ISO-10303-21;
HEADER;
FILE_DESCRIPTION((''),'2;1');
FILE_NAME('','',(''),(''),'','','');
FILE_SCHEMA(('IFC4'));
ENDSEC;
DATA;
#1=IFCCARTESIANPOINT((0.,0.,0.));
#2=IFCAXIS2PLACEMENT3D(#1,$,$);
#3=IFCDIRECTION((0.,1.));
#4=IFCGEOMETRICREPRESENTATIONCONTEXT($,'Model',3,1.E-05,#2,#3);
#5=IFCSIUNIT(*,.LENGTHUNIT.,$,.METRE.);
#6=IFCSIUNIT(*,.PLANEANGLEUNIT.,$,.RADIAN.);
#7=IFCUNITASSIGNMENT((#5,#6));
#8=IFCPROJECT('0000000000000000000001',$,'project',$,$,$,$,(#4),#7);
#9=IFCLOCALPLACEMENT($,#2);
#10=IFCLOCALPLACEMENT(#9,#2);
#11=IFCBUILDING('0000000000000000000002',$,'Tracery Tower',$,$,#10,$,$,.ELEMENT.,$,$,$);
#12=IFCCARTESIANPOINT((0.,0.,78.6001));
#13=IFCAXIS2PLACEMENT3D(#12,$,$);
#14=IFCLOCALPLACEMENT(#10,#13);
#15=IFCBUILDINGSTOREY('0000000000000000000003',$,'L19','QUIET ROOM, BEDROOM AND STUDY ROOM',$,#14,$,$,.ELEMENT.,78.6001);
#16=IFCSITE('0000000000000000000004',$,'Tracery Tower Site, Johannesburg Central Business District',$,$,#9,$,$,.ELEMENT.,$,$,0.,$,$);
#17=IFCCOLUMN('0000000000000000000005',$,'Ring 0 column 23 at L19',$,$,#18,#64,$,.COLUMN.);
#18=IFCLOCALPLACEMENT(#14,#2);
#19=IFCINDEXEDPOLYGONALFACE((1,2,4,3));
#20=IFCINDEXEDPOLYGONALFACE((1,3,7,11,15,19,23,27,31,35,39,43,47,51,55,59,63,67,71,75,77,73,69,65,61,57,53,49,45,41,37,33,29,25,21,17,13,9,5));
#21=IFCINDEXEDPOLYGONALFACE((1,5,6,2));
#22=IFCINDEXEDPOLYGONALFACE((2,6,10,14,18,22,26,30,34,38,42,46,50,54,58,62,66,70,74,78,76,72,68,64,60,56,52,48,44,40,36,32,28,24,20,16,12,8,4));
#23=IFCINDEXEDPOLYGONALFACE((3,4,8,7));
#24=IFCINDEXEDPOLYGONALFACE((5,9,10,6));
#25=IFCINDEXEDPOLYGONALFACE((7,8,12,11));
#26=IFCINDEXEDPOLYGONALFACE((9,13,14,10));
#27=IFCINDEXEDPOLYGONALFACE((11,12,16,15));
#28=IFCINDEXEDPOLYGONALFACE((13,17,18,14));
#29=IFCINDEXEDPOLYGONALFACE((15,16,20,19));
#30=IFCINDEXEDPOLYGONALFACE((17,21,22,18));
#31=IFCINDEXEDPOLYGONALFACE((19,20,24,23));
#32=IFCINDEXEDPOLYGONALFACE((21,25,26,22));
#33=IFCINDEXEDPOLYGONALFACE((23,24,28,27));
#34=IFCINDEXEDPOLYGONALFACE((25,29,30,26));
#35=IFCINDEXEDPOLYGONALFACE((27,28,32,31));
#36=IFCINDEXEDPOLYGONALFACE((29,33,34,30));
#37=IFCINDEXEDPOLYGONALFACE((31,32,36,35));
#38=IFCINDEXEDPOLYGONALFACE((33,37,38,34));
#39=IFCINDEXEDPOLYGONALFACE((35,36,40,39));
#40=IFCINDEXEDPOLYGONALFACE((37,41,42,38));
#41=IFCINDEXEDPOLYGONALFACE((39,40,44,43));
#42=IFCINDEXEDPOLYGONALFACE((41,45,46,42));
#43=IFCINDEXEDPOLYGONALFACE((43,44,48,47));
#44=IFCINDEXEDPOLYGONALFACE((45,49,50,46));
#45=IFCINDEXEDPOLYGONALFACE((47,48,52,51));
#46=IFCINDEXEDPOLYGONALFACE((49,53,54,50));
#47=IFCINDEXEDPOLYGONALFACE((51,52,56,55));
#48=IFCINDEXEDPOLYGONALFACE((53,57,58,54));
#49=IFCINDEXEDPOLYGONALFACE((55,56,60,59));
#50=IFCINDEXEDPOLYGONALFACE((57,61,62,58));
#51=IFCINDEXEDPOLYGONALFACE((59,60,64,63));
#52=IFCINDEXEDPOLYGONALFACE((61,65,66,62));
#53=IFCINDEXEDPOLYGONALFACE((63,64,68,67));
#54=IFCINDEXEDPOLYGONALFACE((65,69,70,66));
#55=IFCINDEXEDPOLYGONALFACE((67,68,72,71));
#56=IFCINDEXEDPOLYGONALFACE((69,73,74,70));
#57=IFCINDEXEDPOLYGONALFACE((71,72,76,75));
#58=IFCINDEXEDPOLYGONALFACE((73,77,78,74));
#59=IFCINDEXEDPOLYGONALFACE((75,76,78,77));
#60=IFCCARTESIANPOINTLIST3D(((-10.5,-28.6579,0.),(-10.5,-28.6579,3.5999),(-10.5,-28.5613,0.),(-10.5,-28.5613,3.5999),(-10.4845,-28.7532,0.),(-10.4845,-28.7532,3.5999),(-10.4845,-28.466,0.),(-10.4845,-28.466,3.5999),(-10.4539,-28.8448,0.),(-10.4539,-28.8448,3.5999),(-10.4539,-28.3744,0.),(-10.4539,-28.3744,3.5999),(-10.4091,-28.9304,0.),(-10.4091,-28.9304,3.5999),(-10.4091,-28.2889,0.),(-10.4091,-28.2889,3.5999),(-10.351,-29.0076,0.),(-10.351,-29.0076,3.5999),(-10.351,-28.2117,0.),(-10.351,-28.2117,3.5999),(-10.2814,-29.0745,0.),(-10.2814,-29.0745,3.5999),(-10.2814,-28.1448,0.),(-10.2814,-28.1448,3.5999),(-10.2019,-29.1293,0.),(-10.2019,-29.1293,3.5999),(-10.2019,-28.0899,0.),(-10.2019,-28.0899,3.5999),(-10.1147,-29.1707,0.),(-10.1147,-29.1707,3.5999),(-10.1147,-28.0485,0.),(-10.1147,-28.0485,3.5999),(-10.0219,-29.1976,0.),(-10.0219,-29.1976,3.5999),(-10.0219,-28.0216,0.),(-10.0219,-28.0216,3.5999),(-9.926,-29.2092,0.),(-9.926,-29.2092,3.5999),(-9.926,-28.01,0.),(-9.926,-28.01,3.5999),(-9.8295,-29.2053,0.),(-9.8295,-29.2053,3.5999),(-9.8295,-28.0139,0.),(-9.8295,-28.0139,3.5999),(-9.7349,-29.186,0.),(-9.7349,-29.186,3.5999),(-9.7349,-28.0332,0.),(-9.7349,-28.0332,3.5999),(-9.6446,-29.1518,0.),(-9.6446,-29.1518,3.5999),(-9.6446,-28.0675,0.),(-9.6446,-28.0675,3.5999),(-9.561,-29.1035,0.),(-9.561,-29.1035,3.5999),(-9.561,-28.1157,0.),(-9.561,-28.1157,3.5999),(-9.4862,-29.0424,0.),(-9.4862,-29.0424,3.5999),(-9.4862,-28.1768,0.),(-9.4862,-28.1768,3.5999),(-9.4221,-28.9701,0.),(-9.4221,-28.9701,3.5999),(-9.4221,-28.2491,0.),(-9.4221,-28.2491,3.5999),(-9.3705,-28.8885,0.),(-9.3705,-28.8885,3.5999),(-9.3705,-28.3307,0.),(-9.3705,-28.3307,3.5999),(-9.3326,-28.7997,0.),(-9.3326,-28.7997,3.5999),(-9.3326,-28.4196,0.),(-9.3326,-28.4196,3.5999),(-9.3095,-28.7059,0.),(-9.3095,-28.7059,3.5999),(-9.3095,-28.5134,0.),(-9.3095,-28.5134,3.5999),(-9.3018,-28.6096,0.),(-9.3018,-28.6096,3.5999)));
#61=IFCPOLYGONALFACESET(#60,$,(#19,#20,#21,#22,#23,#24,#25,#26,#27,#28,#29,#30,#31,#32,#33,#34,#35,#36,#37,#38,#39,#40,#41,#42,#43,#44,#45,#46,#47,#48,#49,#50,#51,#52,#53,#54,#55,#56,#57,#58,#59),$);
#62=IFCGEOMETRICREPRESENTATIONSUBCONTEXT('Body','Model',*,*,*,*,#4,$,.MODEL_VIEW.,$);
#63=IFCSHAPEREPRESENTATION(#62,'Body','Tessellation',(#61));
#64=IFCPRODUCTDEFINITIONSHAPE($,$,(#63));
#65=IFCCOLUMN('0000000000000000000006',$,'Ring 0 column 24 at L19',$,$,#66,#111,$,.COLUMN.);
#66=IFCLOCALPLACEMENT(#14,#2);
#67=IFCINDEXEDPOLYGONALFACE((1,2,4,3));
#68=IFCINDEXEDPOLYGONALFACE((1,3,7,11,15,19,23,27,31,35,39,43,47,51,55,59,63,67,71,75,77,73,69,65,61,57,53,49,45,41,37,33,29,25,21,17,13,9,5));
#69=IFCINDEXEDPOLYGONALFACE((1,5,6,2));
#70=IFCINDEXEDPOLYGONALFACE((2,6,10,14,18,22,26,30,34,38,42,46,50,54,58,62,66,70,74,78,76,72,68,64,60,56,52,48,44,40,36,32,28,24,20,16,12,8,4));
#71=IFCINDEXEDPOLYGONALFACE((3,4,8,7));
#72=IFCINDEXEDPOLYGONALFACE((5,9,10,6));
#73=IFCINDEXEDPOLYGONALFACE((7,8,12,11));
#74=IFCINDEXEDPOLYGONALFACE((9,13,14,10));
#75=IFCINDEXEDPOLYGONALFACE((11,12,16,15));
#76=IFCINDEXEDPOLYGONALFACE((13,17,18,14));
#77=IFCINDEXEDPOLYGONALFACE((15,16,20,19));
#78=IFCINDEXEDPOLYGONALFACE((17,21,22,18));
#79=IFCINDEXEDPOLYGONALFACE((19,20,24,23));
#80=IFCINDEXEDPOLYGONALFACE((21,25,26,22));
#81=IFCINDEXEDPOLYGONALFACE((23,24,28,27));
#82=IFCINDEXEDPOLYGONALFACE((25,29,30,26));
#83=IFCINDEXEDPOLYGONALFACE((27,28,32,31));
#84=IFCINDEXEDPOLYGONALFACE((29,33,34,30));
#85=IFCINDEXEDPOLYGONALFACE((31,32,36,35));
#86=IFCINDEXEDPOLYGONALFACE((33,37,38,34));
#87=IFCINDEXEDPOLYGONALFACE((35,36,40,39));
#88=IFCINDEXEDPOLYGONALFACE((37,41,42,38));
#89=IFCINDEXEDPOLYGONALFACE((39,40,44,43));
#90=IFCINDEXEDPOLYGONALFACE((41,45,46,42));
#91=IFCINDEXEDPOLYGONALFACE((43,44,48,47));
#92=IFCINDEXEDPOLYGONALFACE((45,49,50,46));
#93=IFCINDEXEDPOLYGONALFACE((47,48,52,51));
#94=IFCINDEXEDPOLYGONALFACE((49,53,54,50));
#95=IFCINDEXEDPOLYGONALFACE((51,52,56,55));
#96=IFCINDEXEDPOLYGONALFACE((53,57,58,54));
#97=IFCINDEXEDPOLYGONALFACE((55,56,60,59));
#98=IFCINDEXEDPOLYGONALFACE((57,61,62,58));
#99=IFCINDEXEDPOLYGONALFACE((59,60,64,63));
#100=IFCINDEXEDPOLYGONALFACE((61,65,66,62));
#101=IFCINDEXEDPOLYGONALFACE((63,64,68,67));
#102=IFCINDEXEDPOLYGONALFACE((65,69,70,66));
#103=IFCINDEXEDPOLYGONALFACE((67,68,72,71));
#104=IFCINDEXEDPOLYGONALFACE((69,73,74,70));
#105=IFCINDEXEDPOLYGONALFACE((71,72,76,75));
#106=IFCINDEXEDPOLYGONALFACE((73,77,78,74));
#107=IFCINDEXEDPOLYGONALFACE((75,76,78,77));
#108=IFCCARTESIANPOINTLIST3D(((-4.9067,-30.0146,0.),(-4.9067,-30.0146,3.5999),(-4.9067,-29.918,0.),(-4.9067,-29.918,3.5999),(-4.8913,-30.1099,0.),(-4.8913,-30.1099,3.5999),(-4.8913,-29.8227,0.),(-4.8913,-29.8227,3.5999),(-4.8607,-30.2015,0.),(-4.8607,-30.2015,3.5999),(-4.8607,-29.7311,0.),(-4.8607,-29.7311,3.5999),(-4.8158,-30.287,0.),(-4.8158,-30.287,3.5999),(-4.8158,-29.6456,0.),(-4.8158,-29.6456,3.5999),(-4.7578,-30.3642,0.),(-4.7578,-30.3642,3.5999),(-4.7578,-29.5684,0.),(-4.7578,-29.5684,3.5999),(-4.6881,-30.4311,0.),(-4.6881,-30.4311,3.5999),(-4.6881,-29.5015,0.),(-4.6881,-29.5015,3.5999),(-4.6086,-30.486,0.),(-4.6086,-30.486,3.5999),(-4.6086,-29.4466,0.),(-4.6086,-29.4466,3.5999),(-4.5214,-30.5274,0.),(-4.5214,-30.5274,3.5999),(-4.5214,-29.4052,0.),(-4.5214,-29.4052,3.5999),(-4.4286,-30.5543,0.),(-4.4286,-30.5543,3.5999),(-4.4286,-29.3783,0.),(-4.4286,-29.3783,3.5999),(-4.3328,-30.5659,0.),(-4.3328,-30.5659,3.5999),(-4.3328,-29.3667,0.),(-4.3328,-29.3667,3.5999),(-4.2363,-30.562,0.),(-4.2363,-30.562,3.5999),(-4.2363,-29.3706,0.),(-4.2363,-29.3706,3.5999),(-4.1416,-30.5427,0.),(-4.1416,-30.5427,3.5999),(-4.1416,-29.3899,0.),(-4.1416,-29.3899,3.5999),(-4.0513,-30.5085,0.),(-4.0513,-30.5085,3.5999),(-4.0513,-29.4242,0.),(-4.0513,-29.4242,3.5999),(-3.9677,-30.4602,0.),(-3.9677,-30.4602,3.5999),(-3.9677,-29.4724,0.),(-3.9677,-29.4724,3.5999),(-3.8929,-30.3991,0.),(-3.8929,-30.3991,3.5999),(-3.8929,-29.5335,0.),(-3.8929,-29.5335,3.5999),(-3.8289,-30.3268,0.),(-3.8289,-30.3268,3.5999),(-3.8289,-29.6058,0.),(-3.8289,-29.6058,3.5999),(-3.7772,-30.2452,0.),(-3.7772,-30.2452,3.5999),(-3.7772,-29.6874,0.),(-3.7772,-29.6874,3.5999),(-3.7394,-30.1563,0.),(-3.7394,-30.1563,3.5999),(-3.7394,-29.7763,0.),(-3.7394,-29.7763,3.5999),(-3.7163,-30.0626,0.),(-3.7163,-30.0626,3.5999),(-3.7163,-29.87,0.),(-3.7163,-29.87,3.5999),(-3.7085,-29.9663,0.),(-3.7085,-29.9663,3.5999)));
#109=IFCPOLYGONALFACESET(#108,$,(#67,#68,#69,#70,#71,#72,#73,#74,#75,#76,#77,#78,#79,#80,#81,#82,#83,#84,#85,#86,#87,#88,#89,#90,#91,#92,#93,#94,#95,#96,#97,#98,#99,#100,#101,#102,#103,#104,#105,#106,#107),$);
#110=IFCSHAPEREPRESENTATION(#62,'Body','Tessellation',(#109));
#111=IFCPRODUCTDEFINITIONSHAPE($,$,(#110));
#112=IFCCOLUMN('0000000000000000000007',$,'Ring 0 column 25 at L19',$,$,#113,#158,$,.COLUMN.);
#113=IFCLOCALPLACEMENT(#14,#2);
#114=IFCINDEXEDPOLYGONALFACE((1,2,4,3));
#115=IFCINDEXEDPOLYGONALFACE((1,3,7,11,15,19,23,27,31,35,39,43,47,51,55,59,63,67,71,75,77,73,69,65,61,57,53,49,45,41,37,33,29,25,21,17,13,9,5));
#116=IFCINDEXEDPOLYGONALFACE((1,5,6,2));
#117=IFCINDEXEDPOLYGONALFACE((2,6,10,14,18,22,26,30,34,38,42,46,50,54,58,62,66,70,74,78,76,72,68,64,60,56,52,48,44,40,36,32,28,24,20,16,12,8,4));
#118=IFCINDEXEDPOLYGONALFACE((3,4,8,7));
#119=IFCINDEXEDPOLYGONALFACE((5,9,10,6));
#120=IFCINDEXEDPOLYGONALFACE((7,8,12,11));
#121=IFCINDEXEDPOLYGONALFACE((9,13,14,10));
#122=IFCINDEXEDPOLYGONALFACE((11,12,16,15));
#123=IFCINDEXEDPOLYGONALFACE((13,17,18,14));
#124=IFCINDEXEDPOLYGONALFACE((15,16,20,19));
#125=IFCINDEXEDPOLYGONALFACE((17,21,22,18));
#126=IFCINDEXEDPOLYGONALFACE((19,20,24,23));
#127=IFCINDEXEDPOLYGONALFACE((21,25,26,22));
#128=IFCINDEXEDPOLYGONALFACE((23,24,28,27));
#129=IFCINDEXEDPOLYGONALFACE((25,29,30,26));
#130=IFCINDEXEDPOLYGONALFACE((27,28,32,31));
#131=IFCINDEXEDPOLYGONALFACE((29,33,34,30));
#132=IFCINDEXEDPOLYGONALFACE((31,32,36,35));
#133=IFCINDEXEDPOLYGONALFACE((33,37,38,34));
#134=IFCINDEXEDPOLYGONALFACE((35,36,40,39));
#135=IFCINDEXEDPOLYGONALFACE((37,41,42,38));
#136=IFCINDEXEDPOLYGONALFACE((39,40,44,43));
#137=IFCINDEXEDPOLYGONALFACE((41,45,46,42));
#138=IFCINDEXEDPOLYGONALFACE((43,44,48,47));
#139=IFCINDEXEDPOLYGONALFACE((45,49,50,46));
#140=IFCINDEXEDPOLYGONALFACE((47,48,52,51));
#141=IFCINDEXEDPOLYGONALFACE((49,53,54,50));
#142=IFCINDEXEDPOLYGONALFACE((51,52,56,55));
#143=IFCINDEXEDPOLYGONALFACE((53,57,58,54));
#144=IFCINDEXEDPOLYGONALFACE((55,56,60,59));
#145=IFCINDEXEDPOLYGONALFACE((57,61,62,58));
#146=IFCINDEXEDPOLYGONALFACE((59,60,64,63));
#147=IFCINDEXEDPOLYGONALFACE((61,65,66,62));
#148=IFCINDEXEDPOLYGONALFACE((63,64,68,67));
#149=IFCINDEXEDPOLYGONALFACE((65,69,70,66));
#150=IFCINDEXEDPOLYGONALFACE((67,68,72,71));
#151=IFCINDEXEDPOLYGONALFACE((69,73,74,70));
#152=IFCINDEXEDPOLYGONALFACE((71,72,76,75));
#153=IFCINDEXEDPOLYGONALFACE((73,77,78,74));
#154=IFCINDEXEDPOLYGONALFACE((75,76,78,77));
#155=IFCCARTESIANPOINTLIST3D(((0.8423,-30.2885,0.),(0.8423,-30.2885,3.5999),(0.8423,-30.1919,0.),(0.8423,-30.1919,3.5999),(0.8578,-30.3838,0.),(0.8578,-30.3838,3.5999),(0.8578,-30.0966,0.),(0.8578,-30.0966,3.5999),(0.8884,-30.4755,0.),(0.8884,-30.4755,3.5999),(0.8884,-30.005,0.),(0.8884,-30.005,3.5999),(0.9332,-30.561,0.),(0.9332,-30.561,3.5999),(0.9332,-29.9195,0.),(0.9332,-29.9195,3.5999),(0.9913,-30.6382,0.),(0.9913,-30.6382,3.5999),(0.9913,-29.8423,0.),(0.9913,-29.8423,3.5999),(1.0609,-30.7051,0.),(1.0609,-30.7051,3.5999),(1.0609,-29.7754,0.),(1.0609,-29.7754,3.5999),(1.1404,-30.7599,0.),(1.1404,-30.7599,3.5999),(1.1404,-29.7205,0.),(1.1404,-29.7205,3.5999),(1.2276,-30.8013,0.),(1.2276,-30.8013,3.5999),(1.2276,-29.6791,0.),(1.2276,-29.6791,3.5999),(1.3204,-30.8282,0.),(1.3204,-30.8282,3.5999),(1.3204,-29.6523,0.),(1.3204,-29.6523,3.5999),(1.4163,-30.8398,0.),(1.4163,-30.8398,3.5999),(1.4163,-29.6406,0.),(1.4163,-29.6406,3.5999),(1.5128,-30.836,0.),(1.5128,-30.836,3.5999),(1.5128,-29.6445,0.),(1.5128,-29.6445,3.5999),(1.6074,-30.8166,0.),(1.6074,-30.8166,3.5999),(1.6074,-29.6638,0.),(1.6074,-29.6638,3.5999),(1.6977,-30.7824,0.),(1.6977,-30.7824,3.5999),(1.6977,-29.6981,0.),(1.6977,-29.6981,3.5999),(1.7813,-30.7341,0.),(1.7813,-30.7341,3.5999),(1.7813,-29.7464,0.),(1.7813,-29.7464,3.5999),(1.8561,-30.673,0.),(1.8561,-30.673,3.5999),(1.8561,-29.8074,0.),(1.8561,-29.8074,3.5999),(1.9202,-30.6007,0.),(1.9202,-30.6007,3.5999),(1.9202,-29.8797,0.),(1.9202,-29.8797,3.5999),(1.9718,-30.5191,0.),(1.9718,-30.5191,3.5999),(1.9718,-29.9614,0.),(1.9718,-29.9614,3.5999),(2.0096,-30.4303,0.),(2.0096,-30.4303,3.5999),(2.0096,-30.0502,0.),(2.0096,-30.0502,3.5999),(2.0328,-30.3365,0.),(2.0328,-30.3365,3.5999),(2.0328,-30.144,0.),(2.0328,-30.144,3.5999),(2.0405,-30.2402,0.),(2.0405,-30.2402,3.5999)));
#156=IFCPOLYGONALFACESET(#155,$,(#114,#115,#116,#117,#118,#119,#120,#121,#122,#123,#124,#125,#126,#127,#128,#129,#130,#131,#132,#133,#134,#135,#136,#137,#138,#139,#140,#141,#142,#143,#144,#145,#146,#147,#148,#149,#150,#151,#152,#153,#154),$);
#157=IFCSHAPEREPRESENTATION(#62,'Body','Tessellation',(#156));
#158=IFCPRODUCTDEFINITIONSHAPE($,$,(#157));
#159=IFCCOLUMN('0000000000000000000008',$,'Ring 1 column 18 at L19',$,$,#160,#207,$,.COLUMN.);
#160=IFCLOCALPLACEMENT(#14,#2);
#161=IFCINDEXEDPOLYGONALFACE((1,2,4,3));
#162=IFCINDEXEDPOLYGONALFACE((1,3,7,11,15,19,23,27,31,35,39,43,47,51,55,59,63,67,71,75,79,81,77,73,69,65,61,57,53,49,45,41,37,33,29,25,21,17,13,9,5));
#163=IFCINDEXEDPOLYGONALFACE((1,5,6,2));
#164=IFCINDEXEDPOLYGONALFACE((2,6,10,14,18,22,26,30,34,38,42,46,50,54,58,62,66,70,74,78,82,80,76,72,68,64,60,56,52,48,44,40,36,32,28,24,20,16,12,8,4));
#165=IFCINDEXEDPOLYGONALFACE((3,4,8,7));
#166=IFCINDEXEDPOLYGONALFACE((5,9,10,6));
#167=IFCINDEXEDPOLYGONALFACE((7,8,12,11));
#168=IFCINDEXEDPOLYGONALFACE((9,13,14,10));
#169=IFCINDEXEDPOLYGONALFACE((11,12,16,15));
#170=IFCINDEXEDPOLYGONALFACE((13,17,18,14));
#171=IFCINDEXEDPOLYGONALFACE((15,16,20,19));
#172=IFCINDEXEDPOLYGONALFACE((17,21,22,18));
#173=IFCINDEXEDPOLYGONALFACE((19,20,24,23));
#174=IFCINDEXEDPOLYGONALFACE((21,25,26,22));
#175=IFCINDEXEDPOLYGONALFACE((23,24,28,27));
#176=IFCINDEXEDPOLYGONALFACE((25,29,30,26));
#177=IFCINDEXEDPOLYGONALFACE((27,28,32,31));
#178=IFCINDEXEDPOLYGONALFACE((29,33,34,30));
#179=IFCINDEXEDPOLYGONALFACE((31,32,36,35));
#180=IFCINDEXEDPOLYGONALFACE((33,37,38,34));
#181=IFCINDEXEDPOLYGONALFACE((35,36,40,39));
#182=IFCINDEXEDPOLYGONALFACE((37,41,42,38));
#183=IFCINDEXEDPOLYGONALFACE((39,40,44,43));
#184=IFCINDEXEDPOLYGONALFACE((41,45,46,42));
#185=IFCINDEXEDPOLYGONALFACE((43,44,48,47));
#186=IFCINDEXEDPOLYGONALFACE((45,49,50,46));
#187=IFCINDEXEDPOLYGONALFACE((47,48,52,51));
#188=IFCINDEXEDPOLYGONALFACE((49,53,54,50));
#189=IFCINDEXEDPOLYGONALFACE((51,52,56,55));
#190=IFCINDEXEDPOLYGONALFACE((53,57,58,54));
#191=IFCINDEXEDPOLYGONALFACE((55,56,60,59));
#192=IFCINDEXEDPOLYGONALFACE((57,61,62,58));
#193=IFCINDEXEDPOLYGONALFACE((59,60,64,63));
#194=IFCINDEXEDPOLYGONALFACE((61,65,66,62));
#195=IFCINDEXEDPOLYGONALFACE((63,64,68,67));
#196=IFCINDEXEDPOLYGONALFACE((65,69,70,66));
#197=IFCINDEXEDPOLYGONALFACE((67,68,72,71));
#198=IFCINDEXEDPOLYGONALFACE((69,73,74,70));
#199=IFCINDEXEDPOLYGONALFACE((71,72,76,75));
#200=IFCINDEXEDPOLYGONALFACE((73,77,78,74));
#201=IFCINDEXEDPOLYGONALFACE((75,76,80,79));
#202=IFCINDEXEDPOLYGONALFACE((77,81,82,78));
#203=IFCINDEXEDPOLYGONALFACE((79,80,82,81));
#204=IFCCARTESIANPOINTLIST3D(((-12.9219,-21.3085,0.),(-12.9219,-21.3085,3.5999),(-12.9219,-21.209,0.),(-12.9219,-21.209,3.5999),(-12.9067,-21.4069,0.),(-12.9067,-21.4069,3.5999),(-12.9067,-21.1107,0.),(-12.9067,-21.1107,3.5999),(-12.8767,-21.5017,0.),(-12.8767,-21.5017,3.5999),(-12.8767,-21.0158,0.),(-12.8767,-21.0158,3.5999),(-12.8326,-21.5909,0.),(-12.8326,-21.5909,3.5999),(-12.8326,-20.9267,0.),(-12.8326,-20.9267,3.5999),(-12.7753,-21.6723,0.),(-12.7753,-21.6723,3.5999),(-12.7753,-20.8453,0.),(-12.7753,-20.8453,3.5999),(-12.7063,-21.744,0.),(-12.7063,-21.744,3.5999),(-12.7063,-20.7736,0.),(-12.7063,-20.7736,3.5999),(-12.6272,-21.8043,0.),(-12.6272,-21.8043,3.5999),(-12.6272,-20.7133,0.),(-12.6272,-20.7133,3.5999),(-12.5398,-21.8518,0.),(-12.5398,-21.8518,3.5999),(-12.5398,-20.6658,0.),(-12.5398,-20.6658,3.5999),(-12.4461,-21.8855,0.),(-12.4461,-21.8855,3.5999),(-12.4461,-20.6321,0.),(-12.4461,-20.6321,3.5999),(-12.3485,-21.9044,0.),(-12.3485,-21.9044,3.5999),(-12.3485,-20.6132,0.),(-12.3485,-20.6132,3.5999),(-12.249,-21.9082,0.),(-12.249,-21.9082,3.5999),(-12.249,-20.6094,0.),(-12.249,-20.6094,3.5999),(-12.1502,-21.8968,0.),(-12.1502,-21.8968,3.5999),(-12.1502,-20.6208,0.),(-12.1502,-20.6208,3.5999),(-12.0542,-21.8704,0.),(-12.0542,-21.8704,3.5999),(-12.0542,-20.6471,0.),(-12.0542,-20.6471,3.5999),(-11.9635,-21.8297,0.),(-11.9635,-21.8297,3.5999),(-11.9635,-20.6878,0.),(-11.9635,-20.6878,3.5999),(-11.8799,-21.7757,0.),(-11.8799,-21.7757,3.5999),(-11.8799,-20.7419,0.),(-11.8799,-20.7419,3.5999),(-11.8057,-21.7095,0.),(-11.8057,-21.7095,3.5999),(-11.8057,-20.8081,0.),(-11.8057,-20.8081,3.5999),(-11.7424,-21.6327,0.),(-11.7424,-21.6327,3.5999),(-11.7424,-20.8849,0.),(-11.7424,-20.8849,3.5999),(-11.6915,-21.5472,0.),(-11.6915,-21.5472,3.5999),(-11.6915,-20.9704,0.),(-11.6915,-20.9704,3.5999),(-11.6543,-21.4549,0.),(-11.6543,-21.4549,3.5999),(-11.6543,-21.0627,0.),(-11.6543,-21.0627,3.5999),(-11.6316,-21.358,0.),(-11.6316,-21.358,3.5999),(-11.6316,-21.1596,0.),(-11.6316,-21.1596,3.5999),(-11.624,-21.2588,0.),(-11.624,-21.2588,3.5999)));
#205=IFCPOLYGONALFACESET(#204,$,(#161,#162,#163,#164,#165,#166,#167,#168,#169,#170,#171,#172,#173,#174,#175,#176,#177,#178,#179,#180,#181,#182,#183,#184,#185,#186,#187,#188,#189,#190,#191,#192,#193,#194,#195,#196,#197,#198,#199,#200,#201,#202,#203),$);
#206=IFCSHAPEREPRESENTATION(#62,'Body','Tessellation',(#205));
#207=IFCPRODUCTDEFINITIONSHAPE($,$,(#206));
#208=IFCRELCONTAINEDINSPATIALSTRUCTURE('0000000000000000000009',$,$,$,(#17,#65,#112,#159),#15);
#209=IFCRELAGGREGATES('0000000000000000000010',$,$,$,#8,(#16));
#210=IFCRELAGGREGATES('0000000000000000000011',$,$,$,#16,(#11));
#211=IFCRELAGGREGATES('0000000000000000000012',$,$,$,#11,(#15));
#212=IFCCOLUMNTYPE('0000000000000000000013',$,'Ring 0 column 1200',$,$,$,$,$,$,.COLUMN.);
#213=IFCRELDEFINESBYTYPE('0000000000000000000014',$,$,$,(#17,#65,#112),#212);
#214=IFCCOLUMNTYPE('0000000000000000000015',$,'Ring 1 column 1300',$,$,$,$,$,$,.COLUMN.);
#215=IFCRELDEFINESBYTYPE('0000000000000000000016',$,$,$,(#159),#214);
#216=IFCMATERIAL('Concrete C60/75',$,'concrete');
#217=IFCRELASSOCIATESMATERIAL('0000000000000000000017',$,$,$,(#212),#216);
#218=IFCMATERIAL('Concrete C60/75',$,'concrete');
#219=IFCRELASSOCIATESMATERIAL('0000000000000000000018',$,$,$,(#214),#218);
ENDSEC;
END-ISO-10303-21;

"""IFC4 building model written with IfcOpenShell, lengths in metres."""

from ifc_helpers import new_model, si_unit, direction, frame, origin, origin_2d, place, context, subcontext, project, spatial, circle, extrude, material, material_profile, profile_set, type_object, element, save


model = new_model("IFC4")

# Units and contexts
model_context = context("Model", 3, precision=1e-05, world=origin(), true_north=direction((0.0, 1.0)))
body_context = subcontext(model_context, "Body", "Model", "MODEL_VIEW")
ifc_project = project(units=[si_unit("LENGTHUNIT", "METRE"), si_unit("PLANEANGLEUNIT", "RADIAN")], contexts=[model_context])

# Site, building, storey
site_placement = place(None, origin())
site = spatial("IfcSite", under=ifc_project, at=site_placement, Name="Tracery Tower Site, Johannesburg Central Business District", CompositionType="ELEMENT", RefElevation=0.0)
building_placement = place(site_placement, origin())
building = spatial("IfcBuilding", under=site, at=building_placement, Name="Tracery Tower", CompositionType="ELEMENT")
storey_placement = place(building_placement, frame((0.0, 0.0, 78.6001)))
storey = spatial("IfcBuildingStorey", under=building, at=storey_placement, Name="L19", Description="QUIET ROOM, BEDROOM AND STUDY ROOM", CompositionType="ELEMENT", Elevation=78.6001)

# Columns
ifc_material_1 = material(Name="Concrete C60/75", Category="concrete")
ifc_material_profile_1 = material_profile(ifc_material_1, circle(Radius=0.6001, at=origin_2d()), Name="RC D1200")
ifc_profile_set_1 = profile_set([ifc_material_profile_1], Name="Concrete C60/75")
column_type_1 = type_object("IfcColumnType", Name="Ring 0 column 1200", PredefinedType="COLUMN", material=ifc_profile_set_1)
for number, where, z_axis, x_axis, name in (
    (1, (-9.9019, -28.6096, 0.0), (0.0, 0.0, 1.0), (1.0, 0.0, 0.0), "Ring 0 column 23 at L19"),
    (2, (-4.3086, -29.9663, 0.0), (0.0, 0.0, 1.0), (1.0, 0.0, 0.0), "Ring 0 column 24 at L19"),
    (3, (1.4404, -30.2402, 0.0), (0.0, 0.0, 1.0), (1.0, 0.0, 0.0), "Ring 0 column 25 at L19"),
):
    element("IfcColumn", number, at=place(storey_placement, frame(where, z_axis=z_axis, x_axis=x_axis)), inside=storey, type_object=column_type_1, Name=name, PredefinedType="COLUMN", context=body_context, shape_type="SweptSolid", body=[
        extrude(circle(Radius=0.6001, at=origin_2d()), origin(), (0.0, 0.0, 1.0), 3.5999),
    ])
ifc_material_2 = material(Name="Concrete C60/75", Category="concrete")
ifc_material_profile_2 = material_profile(ifc_material_2, circle(Radius=0.6499, at=origin_2d()), Name="RC D1300")
ifc_profile_set_2 = profile_set([ifc_material_profile_2], Name="Concrete C60/75")
column_type_2 = type_object("IfcColumnType", Name="Ring 1 column 1300", PredefinedType="COLUMN", material=ifc_profile_set_2)
for number, where, z_axis, x_axis, name in (
    (4, (-12.2739, -21.2588, 0.0), (0.0, 0.0, 1.0), (1.0, 0.0, 0.0), "Ring 1 column 18 at L19"),
):
    element("IfcColumn", number, at=place(storey_placement, frame(where, z_axis=z_axis, x_axis=x_axis)), inside=storey, type_object=column_type_2, Name=name, PredefinedType="COLUMN", context=body_context, shape_type="SweptSolid", body=[
        extrude(circle(Radius=0.6499, at=origin_2d()), origin(), (0.0, 0.0, 1.0), 3.5999),
    ])

save(model, "model.ifc")
